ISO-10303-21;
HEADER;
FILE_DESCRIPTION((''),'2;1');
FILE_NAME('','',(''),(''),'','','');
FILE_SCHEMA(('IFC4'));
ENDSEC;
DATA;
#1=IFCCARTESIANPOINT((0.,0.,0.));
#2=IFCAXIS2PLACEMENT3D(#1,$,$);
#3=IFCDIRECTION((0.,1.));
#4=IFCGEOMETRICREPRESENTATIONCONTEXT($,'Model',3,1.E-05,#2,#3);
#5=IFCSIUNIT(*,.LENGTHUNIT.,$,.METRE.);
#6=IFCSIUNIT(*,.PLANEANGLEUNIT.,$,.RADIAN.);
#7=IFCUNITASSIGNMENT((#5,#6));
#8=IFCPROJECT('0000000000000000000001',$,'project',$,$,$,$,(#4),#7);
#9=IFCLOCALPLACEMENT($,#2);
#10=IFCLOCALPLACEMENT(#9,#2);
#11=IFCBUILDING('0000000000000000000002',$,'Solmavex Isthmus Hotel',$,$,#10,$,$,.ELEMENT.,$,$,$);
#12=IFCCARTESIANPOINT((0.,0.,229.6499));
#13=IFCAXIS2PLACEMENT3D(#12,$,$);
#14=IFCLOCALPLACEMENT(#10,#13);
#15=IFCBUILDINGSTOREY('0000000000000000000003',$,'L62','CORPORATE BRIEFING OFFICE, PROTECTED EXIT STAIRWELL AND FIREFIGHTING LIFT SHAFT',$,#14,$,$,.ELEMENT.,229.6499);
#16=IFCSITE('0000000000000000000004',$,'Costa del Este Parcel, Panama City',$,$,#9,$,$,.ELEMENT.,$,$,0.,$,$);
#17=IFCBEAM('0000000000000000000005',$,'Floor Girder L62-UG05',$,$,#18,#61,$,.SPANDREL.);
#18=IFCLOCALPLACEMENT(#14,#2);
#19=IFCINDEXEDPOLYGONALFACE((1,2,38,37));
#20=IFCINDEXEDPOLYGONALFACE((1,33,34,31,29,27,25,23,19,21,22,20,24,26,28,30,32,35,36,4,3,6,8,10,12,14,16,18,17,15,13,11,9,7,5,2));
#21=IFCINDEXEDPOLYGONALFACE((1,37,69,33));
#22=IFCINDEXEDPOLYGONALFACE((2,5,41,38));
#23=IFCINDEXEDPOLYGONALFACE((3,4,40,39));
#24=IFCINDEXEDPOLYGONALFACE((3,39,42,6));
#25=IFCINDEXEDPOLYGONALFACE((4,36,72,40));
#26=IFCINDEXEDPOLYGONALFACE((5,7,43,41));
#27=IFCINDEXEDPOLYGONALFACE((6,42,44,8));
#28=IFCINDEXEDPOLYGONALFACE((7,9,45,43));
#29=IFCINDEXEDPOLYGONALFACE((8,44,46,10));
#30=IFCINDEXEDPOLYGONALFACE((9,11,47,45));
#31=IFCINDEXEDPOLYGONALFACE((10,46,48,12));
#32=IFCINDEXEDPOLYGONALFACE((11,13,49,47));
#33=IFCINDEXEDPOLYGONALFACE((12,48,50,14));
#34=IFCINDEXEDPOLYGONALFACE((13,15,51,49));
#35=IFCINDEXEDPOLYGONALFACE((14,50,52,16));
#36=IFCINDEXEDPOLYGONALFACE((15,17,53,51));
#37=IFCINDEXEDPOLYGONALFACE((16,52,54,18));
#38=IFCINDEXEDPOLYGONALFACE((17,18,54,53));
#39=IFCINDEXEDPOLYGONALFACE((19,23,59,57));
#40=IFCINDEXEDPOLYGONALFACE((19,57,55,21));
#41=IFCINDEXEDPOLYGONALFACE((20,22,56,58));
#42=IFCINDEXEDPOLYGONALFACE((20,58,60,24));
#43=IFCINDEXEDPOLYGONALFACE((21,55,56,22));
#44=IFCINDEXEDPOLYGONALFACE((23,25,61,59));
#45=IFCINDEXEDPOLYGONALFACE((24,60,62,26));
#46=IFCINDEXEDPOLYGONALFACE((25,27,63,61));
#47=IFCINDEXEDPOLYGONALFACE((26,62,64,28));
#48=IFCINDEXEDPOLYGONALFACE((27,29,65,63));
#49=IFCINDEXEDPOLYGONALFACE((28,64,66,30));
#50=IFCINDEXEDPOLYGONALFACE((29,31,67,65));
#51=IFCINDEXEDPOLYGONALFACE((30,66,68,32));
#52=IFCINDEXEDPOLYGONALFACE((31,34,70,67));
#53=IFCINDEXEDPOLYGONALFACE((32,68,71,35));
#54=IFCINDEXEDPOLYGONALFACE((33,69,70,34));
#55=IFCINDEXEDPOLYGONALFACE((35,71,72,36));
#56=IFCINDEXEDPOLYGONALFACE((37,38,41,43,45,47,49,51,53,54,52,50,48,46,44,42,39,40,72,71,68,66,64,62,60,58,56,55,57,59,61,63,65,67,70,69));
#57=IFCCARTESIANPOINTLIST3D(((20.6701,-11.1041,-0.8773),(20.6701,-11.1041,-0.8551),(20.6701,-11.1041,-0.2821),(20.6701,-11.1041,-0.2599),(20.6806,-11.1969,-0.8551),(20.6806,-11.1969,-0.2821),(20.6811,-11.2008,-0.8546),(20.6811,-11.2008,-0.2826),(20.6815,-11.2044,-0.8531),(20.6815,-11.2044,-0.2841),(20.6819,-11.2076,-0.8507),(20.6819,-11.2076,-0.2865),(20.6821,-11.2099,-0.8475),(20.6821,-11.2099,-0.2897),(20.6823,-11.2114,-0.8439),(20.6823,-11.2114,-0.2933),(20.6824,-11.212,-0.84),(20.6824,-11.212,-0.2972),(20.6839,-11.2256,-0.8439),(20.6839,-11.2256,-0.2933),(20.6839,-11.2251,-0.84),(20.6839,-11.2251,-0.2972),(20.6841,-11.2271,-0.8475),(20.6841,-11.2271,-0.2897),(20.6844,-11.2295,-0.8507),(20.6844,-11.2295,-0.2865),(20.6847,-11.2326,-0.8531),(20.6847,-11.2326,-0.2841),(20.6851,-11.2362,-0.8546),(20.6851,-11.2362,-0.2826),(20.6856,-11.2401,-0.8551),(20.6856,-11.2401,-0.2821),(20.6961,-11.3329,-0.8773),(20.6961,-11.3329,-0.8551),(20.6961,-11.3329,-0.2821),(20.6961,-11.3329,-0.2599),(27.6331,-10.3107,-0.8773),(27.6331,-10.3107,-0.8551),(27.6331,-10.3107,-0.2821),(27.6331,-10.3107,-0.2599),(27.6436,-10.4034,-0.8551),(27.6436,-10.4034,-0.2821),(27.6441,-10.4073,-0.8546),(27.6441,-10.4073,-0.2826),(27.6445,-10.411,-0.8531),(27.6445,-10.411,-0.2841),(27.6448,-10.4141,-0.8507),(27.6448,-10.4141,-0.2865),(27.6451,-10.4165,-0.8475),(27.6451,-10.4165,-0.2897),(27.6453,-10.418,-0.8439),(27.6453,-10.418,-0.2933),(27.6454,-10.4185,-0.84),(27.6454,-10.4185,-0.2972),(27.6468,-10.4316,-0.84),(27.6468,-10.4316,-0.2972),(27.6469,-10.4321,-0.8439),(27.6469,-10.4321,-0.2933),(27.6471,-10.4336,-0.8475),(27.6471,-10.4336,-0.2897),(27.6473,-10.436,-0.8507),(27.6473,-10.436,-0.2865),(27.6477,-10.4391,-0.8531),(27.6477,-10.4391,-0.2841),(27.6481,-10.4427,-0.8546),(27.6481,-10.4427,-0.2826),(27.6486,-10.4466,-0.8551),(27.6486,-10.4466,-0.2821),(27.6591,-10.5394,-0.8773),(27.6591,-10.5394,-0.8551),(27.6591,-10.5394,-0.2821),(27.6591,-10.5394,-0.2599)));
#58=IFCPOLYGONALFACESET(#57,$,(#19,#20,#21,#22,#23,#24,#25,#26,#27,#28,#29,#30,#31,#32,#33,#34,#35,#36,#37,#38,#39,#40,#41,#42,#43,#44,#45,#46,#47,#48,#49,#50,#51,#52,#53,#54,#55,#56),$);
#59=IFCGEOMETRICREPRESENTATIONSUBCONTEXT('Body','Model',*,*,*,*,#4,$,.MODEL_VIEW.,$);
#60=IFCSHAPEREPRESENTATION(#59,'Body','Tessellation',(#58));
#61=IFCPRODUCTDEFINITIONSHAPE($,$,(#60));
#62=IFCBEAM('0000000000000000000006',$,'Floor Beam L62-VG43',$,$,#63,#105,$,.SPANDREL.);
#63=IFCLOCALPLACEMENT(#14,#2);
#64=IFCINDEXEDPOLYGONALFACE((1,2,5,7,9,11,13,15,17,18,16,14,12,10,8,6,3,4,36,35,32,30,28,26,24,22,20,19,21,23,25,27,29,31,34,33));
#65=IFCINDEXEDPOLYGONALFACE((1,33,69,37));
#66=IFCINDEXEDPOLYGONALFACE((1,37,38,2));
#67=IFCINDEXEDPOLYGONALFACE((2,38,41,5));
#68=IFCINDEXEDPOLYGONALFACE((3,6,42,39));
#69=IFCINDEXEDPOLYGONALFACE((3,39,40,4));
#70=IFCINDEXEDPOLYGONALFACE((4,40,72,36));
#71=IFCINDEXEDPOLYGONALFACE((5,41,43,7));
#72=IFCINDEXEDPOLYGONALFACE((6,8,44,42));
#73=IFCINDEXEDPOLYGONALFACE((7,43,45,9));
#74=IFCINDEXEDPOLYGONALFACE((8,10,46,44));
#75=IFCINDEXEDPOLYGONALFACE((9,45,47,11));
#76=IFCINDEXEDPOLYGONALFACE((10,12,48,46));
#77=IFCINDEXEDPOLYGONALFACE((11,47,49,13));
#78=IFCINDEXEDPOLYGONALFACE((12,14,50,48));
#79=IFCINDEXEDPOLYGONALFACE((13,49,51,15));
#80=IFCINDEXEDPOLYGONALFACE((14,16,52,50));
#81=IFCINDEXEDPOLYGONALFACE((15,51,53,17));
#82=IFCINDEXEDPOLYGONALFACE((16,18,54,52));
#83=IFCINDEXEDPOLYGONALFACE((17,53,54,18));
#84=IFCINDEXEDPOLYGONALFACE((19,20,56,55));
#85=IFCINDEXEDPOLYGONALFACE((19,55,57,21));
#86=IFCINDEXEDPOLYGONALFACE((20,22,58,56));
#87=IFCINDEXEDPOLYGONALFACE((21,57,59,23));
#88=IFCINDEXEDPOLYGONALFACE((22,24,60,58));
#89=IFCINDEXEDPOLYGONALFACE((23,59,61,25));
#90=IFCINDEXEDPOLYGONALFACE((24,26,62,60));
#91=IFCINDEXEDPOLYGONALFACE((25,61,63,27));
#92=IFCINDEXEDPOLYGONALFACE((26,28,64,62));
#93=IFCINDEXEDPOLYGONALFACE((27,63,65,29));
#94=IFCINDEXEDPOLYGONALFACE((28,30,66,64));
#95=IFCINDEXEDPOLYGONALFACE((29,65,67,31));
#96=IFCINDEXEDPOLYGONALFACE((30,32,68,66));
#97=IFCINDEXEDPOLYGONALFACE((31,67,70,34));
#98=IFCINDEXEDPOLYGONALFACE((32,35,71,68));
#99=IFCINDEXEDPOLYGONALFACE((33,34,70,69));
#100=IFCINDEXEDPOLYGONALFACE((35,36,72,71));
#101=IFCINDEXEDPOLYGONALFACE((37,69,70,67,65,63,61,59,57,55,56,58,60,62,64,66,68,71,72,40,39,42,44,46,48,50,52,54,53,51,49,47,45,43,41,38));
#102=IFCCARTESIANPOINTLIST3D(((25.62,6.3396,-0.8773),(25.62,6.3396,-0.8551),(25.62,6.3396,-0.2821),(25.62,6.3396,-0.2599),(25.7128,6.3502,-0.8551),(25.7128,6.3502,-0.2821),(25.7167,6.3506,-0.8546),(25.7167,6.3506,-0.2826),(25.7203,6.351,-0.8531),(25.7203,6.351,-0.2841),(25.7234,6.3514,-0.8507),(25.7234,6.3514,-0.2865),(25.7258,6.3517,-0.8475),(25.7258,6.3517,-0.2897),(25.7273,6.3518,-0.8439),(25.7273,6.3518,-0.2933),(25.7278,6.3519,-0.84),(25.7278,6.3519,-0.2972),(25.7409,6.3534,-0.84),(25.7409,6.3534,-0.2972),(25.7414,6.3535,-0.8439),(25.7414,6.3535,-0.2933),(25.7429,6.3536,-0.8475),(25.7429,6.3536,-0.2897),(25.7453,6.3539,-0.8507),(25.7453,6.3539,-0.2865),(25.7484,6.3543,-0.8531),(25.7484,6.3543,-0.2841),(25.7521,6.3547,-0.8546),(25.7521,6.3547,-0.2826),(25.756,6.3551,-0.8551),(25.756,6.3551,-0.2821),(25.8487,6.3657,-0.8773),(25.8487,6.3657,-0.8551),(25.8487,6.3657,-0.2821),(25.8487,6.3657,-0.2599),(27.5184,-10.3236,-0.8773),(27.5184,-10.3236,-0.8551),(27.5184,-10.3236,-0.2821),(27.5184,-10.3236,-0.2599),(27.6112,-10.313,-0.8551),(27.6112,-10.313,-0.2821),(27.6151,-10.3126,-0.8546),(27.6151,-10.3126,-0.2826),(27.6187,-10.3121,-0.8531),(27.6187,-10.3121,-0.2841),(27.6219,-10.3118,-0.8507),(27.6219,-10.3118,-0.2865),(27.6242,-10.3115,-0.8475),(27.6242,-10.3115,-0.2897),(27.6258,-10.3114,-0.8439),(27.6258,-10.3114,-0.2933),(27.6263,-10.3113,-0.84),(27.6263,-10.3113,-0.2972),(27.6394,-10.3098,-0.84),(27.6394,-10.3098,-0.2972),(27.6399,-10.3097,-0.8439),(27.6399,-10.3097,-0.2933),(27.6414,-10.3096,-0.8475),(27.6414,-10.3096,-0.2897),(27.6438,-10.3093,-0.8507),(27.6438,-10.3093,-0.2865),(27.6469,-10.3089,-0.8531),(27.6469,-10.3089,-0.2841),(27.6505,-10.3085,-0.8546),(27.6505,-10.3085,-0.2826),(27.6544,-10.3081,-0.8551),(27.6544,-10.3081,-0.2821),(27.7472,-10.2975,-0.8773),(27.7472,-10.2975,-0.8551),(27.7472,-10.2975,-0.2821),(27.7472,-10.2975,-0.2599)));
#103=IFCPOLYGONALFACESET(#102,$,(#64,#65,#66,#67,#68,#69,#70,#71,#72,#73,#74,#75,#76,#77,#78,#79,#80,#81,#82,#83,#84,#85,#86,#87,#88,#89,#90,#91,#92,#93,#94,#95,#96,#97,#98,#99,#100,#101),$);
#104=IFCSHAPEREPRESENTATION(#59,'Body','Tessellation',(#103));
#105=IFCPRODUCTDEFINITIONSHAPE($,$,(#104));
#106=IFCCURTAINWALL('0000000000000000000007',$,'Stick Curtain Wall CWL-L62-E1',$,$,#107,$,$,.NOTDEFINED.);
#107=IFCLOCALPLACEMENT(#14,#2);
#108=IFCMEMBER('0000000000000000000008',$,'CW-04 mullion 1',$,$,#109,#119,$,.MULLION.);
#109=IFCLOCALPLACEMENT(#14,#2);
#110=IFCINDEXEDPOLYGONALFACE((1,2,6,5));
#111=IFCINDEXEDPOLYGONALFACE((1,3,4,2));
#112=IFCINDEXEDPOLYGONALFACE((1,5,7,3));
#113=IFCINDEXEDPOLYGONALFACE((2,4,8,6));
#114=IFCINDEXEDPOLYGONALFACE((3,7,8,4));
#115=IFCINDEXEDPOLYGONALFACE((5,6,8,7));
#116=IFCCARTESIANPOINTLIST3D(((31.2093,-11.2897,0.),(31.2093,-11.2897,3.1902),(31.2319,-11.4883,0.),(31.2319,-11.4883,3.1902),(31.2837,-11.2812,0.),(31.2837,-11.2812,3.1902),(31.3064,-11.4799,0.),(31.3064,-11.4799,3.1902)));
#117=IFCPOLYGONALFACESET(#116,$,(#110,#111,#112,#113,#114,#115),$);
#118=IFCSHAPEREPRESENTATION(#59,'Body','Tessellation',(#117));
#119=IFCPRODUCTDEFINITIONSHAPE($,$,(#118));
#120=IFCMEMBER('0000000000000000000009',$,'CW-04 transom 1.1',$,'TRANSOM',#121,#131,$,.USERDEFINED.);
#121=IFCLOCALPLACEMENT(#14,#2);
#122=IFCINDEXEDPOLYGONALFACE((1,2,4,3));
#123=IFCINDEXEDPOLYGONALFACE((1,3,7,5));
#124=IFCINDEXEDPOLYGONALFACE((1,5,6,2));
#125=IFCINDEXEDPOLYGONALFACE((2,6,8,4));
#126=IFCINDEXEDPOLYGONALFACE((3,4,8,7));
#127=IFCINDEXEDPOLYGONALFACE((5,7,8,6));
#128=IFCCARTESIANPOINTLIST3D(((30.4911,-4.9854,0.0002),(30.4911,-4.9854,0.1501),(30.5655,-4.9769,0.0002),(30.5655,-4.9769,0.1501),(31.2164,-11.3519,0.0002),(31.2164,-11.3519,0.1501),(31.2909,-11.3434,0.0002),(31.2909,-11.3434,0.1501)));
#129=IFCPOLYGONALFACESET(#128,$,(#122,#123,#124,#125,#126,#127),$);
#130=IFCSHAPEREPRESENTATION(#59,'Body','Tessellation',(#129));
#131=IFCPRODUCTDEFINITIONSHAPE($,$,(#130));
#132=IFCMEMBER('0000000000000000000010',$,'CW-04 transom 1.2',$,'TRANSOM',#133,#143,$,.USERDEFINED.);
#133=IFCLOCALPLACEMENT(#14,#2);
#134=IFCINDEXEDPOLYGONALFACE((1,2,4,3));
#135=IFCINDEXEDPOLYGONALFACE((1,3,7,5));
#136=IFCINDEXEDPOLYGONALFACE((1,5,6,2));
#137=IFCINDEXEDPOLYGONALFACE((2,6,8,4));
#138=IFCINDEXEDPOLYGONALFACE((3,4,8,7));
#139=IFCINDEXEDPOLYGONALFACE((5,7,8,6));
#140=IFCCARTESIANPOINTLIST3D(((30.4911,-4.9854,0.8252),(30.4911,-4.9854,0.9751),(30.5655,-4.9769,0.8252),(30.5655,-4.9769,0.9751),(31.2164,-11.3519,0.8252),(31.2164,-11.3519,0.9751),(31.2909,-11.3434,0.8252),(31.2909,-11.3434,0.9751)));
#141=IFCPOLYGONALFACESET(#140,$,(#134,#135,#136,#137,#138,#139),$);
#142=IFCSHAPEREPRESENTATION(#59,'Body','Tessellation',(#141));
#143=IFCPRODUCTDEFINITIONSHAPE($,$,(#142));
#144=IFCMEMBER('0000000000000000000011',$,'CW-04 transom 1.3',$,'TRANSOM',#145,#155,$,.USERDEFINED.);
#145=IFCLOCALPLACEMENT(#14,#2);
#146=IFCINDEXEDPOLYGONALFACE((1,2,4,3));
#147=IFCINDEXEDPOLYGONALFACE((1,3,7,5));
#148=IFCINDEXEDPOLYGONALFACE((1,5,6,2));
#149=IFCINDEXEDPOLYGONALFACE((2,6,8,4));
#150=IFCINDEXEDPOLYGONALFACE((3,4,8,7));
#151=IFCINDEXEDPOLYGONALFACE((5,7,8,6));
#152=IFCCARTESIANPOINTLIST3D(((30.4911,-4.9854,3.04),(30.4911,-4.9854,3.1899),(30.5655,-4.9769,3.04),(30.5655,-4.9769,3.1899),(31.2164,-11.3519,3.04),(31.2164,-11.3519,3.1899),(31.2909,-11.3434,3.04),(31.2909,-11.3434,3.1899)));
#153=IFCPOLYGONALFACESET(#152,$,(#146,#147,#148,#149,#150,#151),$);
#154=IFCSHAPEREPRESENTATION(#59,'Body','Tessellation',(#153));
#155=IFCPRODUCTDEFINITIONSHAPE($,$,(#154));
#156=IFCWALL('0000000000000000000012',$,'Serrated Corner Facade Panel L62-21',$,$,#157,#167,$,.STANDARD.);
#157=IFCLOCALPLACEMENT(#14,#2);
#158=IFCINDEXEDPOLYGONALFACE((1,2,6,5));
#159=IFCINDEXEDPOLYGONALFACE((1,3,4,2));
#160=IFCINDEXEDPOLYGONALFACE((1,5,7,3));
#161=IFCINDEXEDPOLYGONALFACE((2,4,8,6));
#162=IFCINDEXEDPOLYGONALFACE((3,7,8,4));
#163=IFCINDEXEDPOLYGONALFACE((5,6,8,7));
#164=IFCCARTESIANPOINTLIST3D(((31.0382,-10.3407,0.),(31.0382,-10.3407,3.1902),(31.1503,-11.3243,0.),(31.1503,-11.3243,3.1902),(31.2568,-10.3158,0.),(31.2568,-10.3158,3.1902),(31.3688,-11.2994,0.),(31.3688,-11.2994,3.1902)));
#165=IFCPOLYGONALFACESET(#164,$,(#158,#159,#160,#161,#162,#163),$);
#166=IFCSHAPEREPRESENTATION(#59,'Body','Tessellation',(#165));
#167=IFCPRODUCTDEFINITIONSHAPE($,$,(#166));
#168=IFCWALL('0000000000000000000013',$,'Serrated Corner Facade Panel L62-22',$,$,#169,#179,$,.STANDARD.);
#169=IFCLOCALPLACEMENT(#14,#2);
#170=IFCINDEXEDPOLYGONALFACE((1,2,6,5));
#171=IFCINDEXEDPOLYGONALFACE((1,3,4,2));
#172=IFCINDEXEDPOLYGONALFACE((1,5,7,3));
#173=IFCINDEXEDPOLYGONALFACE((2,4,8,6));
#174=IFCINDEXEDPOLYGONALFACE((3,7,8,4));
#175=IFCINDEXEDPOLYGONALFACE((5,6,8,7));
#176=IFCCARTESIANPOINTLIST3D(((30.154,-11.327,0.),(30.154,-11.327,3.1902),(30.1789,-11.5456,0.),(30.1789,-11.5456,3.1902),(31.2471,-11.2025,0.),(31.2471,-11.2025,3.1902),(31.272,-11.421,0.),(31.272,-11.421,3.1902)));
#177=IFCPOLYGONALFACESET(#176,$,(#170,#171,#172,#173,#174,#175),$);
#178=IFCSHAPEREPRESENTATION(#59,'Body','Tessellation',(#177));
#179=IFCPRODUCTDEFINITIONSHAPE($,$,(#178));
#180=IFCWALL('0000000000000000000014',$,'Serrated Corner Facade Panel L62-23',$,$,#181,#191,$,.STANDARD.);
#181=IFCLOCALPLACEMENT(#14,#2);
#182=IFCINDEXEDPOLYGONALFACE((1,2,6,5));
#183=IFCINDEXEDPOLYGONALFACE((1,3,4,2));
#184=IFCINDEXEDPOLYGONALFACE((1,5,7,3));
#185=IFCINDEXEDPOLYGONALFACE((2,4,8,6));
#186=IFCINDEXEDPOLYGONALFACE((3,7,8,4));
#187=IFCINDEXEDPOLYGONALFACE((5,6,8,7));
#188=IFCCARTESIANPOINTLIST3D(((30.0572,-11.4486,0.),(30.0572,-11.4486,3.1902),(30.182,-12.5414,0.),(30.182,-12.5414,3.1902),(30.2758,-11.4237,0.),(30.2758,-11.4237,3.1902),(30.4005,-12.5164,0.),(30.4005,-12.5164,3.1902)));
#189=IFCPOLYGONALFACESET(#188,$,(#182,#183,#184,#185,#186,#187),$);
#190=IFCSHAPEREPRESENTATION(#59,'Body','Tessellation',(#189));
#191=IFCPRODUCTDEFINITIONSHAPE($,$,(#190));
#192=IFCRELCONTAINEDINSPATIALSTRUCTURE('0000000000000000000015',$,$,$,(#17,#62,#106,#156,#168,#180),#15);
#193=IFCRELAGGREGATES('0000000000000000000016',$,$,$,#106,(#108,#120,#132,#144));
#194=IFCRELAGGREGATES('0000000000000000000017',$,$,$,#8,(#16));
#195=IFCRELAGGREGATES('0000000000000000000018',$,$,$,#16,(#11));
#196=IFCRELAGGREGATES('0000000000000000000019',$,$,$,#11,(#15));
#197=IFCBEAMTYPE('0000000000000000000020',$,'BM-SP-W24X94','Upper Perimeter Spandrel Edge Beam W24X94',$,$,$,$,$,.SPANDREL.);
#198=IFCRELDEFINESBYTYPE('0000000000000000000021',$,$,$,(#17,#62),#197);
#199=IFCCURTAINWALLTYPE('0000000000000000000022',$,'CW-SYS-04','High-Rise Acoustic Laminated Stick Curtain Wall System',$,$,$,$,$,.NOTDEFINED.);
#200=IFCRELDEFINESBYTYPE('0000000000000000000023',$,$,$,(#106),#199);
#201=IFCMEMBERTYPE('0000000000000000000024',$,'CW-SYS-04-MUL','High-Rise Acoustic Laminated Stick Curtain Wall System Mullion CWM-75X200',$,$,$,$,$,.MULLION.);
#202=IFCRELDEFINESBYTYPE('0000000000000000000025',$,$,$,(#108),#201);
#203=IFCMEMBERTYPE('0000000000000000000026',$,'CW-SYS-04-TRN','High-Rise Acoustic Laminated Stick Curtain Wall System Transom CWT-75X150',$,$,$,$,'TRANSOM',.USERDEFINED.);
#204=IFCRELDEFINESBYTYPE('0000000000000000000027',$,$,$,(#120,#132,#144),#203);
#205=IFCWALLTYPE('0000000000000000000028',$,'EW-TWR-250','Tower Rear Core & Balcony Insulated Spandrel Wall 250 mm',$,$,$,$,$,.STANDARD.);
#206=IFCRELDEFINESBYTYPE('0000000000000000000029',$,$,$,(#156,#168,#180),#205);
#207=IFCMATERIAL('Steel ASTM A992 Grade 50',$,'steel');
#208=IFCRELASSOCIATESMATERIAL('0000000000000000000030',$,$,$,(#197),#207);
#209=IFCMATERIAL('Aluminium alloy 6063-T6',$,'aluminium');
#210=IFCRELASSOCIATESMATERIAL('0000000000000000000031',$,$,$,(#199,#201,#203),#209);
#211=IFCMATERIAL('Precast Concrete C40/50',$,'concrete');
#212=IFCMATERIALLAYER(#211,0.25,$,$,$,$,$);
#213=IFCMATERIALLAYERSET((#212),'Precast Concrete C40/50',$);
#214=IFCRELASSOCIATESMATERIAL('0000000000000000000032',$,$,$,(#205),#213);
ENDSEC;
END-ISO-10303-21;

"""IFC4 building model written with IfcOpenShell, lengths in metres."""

from ifc_helpers import new_model, si_unit, direction, frame, frame_2d, origin, origin_2d, place, context, subcontext, project, spatial, rectangle, i_section, extrude, material, layer, layer_set, material_profile, profile_set, type_object, element, aggregate, save


model = new_model("IFC4")

# Units and contexts
model_context = context("Model", 3, precision=1e-05, world=origin(), true_north=direction((0.0, 1.0)))
body_context = subcontext(model_context, "Body", "Model", "MODEL_VIEW")
ifc_project = project(units=[si_unit("LENGTHUNIT", "METRE"), si_unit("PLANEANGLEUNIT", "RADIAN")], contexts=[model_context])

# Site, building, storey
site_placement = place(None, origin())
site = spatial("IfcSite", under=ifc_project, at=site_placement, Name="Costa del Este Parcel, Panama City", CompositionType="ELEMENT", RefElevation=0.0)
building_placement = place(site_placement, origin())
building = spatial("IfcBuilding", under=site, at=building_placement, Name="Solmavex Isthmus Hotel", CompositionType="ELEMENT")
storey_placement = place(building_placement, frame((0.0, 0.0, 229.6499)))
storey = spatial("IfcBuildingStorey", under=building, at=storey_placement, Name="L62", Description="CORPORATE BRIEFING OFFICE, PROTECTED EXIT STAIRWELL AND FIREFIGHTING LIFT SHAFT", CompositionType="ELEMENT", Elevation=229.6499)

# Beams
ifc_material_1 = material(Name="Steel ASTM A992 Grade 50", Category="steel")
ifc_material_profile_1 = material_profile(ifc_material_1, i_section(OverallWidth=0.2302, OverallDepth=0.6174, WebThickness=0.0132, FlangeThickness=0.0222, FilletRadius=0.0151, at=origin_2d()), Name="W24X94")
ifc_profile_set_1 = profile_set([ifc_material_profile_1], Name="Steel ASTM A992 Grade 50")
beam_type_1 = type_object("IfcBeamType", Name="BM-SP-W24X94", Description="Upper Perimeter Spandrel Edge Beam W24X94", PredefinedType="SPANDREL", material=ifc_profile_set_1)
beam_1_placement = place(storey_placement, frame((20.6831, -11.2185, -0.5686), z_axis=(0.99357, 0.113222, 0.0), x_axis=(-0.113222, 0.99357, 0.0)))
element("IfcBeam", 1, at=beam_1_placement, inside=storey, type_object=beam_type_1, Name="Floor Girder L62-UG05", PredefinedType="SPANDREL", context=body_context, shape_type="SweptSolid", body=[
    extrude(i_section(OverallWidth=0.2302, OverallDepth=0.6174, WebThickness=0.0132, FlangeThickness=0.0222, FilletRadius=0.0151, at=origin_2d()), origin(), (0.0, 0.0, 1.0), 7.0081),
])
beam_2_placement = place(storey_placement, frame((27.6328, -10.3105, -0.5686), z_axis=(-0.113198, 0.993572, 0.0), x_axis=(-0.993572, -0.113198, 0.0)))
element("IfcBeam", 2, at=beam_2_placement, inside=storey, type_object=beam_type_1, Name="Floor Beam L62-VG43", PredefinedType="SPANDREL", context=body_context, shape_type="SweptSolid", body=[
    extrude(i_section(OverallWidth=0.2302, OverallDepth=0.6174, WebThickness=0.0132, FlangeThickness=0.0222, FilletRadius=0.0151, at=origin_2d()), origin(), (0.0, 0.0, 1.0), 16.771),
])

# Curtain wall, members
ifc_material_2 = material(Name="Aluminium alloy 6063-T6", Category="aluminium")
curtain_wall_type = type_object("IfcCurtainWallType", Name="CW-SYS-04", Description="High-Rise Acoustic Laminated Stick Curtain Wall System", PredefinedType="NOTDEFINED", material=ifc_material_2)
curtain_wall_placement = place(storey_placement, origin())
curtain_wall = element("IfcCurtainWall", 3, at=curtain_wall_placement, inside=storey, type_object=curtain_wall_type, Name="Stick Curtain Wall CWL-L62-E1", PredefinedType="NOTDEFINED")
ifc_material_profile_2 = material_profile(ifc_material_2, rectangle(XDim=0.075, YDim=0.2, at=origin_2d()), Name="CWM-75X200")
ifc_profile_set_2 = profile_set([ifc_material_profile_2], Name="Aluminium alloy 6063-T6")
member_type_1 = type_object("IfcMemberType", Name="CW-SYS-04-MUL", Description="High-Rise Acoustic Laminated Stick Curtain Wall System Mullion CWM-75X200", PredefinedType="MULLION", material=ifc_profile_set_2)
member_1_placement = place(storey_placement, frame((31.2578, -11.3848, 0.0), z_axis=(0.0, 0.0, 1.0), x_axis=(-0.993572, -0.113203, 0.0)))
member_1 = element("IfcMember", 4, at=member_1_placement, type_object=member_type_1, Name="CW-04 mullion 1", PredefinedType="MULLION", context=body_context, shape_type="SweptSolid", body=[
    extrude(rectangle(XDim=0.075, YDim=0.2, at=origin_2d()), origin(), (0.0, 0.0, 1.0), 3.1902),
])
ifc_material_profile_3 = material_profile(ifc_material_2, rectangle(XDim=0.075, YDim=0.1499, at=origin_2d()), Name="CWT-75X150")
ifc_profile_set_3 = profile_set([ifc_material_profile_3], Name="Aluminium alloy 6063-T6")
member_type_2 = type_object("IfcMemberType", Name="CW-SYS-04-TRN", Description="High-Rise Acoustic Laminated Stick Curtain Wall System Transom CWT-75X150", ElementType="TRANSOM", PredefinedType="USERDEFINED", material=ifc_profile_set_3)
member_2_placement = place(storey_placement, frame((31.2537, -11.3477, 0.0752), z_axis=(-0.113199, 0.993572, 0.0), x_axis=(-0.993572, -0.113199, 0.0)))
member_2 = element("IfcMember", 5, at=member_2_placement, type_object=member_type_2, Name="CW-04 transom 1.1", ObjectType="TRANSOM", PredefinedType="USERDEFINED", context=body_context, shape_type="SweptSolid", body=[
    extrude(rectangle(XDim=0.075, YDim=0.1499, at=origin_2d()), origin(), (0.0, 0.0, 1.0), 6.4077),
])
member_3_placement = place(storey_placement, frame((31.2537, -11.3477, 0.9001), z_axis=(-0.113199, 0.993572, 0.0), x_axis=(-0.993572, -0.113199, 0.0)))
member_3 = element("IfcMember", 6, at=member_3_placement, type_object=member_type_2, Name="CW-04 transom 1.2", ObjectType="TRANSOM", PredefinedType="USERDEFINED", context=body_context, shape_type="SweptSolid", body=[
    extrude(rectangle(XDim=0.075, YDim=0.1499, at=origin_2d()), origin(), (0.0, 0.0, 1.0), 6.4077),
])
member_4_placement = place(storey_placement, frame((31.2537, -11.3477, 3.115), z_axis=(-0.113199, 0.993572, 0.0), x_axis=(-0.993572, -0.113199, 0.0)))
member_4 = element("IfcMember", 7, at=member_4_placement, type_object=member_type_2, Name="CW-04 transom 1.3", ObjectType="TRANSOM", PredefinedType="USERDEFINED", context=body_context, shape_type="SweptSolid", body=[
    extrude(rectangle(XDim=0.075, YDim=0.1499, at=origin_2d()), origin(), (0.0, 0.0, 1.0), 6.4077),
])
aggregate(curtain_wall, [member_1, member_2, member_3, member_4])

# Walls
ifc_material_3 = material(Name="Precast Concrete C40/50", Category="concrete")
ifc_layer_1 = layer(ifc_material_3, 0.25)
ifc_layer_set_1 = layer_set([ifc_layer_1], Name="Precast Concrete C40/50")
wall_type_1 = type_object("IfcWallType", Name="EW-TWR-250", Description="Tower Rear Core & Balcony Insulated Spandrel Wall 250 mm", PredefinedType="STANDARD", material=ifc_layer_set_1)
wall_1_placement = place(storey_placement, frame((31.1475, -10.3281, 0.0), z_axis=(0.0, 0.0, 1.0), x_axis=(0.113192, -0.993573, 0.0)))
element("IfcWall", 8, at=wall_1_placement, inside=storey, type_object=wall_type_1, Name="Serrated Corner Facade Panel L62-21", PredefinedType="STANDARD", context=body_context, shape_type="SweptSolid", body=[
    extrude(rectangle(XDim=0.99, YDim=0.22, at=frame_2d((0.4951, 0.0))), origin(), (0.0, 0.0, 1.0), 3.1902),
])
wall_2_placement = place(storey_placement, frame((31.2595, -11.3118, 0.0), z_axis=(0.0, 0.0, 1.0), x_axis=(-0.993574, -0.113184, 0.0)))
element("IfcWall", 9, at=wall_2_placement, inside=storey, type_object=wall_type_1, Name="Serrated Corner Facade Panel L62-22", PredefinedType="STANDARD", context=body_context, shape_type="SweptSolid", body=[
    extrude(rectangle(XDim=1.1001, YDim=0.22, at=frame_2d((0.55, 0.0))), origin(), (0.0, 0.0, 1.0), 3.1902),
])
wall_3_placement = place(storey_placement, frame((30.1665, -11.4363, 0.0), z_axis=(0.0, 0.0, 1.0), x_axis=(0.113428, -0.993546, 0.0)))
element("IfcWall", 10, at=wall_3_placement, inside=storey, type_object=wall_type_1, Name="Serrated Corner Facade Panel L62-23", PredefinedType="STANDARD", context=body_context, shape_type="SweptSolid", body=[
    extrude(rectangle(XDim=1.0999, YDim=0.22, at=frame_2d((0.5498, 0.0))), origin(), (0.0, 0.0, 1.0), 3.1902),
])

save(model, "model.ifc")
